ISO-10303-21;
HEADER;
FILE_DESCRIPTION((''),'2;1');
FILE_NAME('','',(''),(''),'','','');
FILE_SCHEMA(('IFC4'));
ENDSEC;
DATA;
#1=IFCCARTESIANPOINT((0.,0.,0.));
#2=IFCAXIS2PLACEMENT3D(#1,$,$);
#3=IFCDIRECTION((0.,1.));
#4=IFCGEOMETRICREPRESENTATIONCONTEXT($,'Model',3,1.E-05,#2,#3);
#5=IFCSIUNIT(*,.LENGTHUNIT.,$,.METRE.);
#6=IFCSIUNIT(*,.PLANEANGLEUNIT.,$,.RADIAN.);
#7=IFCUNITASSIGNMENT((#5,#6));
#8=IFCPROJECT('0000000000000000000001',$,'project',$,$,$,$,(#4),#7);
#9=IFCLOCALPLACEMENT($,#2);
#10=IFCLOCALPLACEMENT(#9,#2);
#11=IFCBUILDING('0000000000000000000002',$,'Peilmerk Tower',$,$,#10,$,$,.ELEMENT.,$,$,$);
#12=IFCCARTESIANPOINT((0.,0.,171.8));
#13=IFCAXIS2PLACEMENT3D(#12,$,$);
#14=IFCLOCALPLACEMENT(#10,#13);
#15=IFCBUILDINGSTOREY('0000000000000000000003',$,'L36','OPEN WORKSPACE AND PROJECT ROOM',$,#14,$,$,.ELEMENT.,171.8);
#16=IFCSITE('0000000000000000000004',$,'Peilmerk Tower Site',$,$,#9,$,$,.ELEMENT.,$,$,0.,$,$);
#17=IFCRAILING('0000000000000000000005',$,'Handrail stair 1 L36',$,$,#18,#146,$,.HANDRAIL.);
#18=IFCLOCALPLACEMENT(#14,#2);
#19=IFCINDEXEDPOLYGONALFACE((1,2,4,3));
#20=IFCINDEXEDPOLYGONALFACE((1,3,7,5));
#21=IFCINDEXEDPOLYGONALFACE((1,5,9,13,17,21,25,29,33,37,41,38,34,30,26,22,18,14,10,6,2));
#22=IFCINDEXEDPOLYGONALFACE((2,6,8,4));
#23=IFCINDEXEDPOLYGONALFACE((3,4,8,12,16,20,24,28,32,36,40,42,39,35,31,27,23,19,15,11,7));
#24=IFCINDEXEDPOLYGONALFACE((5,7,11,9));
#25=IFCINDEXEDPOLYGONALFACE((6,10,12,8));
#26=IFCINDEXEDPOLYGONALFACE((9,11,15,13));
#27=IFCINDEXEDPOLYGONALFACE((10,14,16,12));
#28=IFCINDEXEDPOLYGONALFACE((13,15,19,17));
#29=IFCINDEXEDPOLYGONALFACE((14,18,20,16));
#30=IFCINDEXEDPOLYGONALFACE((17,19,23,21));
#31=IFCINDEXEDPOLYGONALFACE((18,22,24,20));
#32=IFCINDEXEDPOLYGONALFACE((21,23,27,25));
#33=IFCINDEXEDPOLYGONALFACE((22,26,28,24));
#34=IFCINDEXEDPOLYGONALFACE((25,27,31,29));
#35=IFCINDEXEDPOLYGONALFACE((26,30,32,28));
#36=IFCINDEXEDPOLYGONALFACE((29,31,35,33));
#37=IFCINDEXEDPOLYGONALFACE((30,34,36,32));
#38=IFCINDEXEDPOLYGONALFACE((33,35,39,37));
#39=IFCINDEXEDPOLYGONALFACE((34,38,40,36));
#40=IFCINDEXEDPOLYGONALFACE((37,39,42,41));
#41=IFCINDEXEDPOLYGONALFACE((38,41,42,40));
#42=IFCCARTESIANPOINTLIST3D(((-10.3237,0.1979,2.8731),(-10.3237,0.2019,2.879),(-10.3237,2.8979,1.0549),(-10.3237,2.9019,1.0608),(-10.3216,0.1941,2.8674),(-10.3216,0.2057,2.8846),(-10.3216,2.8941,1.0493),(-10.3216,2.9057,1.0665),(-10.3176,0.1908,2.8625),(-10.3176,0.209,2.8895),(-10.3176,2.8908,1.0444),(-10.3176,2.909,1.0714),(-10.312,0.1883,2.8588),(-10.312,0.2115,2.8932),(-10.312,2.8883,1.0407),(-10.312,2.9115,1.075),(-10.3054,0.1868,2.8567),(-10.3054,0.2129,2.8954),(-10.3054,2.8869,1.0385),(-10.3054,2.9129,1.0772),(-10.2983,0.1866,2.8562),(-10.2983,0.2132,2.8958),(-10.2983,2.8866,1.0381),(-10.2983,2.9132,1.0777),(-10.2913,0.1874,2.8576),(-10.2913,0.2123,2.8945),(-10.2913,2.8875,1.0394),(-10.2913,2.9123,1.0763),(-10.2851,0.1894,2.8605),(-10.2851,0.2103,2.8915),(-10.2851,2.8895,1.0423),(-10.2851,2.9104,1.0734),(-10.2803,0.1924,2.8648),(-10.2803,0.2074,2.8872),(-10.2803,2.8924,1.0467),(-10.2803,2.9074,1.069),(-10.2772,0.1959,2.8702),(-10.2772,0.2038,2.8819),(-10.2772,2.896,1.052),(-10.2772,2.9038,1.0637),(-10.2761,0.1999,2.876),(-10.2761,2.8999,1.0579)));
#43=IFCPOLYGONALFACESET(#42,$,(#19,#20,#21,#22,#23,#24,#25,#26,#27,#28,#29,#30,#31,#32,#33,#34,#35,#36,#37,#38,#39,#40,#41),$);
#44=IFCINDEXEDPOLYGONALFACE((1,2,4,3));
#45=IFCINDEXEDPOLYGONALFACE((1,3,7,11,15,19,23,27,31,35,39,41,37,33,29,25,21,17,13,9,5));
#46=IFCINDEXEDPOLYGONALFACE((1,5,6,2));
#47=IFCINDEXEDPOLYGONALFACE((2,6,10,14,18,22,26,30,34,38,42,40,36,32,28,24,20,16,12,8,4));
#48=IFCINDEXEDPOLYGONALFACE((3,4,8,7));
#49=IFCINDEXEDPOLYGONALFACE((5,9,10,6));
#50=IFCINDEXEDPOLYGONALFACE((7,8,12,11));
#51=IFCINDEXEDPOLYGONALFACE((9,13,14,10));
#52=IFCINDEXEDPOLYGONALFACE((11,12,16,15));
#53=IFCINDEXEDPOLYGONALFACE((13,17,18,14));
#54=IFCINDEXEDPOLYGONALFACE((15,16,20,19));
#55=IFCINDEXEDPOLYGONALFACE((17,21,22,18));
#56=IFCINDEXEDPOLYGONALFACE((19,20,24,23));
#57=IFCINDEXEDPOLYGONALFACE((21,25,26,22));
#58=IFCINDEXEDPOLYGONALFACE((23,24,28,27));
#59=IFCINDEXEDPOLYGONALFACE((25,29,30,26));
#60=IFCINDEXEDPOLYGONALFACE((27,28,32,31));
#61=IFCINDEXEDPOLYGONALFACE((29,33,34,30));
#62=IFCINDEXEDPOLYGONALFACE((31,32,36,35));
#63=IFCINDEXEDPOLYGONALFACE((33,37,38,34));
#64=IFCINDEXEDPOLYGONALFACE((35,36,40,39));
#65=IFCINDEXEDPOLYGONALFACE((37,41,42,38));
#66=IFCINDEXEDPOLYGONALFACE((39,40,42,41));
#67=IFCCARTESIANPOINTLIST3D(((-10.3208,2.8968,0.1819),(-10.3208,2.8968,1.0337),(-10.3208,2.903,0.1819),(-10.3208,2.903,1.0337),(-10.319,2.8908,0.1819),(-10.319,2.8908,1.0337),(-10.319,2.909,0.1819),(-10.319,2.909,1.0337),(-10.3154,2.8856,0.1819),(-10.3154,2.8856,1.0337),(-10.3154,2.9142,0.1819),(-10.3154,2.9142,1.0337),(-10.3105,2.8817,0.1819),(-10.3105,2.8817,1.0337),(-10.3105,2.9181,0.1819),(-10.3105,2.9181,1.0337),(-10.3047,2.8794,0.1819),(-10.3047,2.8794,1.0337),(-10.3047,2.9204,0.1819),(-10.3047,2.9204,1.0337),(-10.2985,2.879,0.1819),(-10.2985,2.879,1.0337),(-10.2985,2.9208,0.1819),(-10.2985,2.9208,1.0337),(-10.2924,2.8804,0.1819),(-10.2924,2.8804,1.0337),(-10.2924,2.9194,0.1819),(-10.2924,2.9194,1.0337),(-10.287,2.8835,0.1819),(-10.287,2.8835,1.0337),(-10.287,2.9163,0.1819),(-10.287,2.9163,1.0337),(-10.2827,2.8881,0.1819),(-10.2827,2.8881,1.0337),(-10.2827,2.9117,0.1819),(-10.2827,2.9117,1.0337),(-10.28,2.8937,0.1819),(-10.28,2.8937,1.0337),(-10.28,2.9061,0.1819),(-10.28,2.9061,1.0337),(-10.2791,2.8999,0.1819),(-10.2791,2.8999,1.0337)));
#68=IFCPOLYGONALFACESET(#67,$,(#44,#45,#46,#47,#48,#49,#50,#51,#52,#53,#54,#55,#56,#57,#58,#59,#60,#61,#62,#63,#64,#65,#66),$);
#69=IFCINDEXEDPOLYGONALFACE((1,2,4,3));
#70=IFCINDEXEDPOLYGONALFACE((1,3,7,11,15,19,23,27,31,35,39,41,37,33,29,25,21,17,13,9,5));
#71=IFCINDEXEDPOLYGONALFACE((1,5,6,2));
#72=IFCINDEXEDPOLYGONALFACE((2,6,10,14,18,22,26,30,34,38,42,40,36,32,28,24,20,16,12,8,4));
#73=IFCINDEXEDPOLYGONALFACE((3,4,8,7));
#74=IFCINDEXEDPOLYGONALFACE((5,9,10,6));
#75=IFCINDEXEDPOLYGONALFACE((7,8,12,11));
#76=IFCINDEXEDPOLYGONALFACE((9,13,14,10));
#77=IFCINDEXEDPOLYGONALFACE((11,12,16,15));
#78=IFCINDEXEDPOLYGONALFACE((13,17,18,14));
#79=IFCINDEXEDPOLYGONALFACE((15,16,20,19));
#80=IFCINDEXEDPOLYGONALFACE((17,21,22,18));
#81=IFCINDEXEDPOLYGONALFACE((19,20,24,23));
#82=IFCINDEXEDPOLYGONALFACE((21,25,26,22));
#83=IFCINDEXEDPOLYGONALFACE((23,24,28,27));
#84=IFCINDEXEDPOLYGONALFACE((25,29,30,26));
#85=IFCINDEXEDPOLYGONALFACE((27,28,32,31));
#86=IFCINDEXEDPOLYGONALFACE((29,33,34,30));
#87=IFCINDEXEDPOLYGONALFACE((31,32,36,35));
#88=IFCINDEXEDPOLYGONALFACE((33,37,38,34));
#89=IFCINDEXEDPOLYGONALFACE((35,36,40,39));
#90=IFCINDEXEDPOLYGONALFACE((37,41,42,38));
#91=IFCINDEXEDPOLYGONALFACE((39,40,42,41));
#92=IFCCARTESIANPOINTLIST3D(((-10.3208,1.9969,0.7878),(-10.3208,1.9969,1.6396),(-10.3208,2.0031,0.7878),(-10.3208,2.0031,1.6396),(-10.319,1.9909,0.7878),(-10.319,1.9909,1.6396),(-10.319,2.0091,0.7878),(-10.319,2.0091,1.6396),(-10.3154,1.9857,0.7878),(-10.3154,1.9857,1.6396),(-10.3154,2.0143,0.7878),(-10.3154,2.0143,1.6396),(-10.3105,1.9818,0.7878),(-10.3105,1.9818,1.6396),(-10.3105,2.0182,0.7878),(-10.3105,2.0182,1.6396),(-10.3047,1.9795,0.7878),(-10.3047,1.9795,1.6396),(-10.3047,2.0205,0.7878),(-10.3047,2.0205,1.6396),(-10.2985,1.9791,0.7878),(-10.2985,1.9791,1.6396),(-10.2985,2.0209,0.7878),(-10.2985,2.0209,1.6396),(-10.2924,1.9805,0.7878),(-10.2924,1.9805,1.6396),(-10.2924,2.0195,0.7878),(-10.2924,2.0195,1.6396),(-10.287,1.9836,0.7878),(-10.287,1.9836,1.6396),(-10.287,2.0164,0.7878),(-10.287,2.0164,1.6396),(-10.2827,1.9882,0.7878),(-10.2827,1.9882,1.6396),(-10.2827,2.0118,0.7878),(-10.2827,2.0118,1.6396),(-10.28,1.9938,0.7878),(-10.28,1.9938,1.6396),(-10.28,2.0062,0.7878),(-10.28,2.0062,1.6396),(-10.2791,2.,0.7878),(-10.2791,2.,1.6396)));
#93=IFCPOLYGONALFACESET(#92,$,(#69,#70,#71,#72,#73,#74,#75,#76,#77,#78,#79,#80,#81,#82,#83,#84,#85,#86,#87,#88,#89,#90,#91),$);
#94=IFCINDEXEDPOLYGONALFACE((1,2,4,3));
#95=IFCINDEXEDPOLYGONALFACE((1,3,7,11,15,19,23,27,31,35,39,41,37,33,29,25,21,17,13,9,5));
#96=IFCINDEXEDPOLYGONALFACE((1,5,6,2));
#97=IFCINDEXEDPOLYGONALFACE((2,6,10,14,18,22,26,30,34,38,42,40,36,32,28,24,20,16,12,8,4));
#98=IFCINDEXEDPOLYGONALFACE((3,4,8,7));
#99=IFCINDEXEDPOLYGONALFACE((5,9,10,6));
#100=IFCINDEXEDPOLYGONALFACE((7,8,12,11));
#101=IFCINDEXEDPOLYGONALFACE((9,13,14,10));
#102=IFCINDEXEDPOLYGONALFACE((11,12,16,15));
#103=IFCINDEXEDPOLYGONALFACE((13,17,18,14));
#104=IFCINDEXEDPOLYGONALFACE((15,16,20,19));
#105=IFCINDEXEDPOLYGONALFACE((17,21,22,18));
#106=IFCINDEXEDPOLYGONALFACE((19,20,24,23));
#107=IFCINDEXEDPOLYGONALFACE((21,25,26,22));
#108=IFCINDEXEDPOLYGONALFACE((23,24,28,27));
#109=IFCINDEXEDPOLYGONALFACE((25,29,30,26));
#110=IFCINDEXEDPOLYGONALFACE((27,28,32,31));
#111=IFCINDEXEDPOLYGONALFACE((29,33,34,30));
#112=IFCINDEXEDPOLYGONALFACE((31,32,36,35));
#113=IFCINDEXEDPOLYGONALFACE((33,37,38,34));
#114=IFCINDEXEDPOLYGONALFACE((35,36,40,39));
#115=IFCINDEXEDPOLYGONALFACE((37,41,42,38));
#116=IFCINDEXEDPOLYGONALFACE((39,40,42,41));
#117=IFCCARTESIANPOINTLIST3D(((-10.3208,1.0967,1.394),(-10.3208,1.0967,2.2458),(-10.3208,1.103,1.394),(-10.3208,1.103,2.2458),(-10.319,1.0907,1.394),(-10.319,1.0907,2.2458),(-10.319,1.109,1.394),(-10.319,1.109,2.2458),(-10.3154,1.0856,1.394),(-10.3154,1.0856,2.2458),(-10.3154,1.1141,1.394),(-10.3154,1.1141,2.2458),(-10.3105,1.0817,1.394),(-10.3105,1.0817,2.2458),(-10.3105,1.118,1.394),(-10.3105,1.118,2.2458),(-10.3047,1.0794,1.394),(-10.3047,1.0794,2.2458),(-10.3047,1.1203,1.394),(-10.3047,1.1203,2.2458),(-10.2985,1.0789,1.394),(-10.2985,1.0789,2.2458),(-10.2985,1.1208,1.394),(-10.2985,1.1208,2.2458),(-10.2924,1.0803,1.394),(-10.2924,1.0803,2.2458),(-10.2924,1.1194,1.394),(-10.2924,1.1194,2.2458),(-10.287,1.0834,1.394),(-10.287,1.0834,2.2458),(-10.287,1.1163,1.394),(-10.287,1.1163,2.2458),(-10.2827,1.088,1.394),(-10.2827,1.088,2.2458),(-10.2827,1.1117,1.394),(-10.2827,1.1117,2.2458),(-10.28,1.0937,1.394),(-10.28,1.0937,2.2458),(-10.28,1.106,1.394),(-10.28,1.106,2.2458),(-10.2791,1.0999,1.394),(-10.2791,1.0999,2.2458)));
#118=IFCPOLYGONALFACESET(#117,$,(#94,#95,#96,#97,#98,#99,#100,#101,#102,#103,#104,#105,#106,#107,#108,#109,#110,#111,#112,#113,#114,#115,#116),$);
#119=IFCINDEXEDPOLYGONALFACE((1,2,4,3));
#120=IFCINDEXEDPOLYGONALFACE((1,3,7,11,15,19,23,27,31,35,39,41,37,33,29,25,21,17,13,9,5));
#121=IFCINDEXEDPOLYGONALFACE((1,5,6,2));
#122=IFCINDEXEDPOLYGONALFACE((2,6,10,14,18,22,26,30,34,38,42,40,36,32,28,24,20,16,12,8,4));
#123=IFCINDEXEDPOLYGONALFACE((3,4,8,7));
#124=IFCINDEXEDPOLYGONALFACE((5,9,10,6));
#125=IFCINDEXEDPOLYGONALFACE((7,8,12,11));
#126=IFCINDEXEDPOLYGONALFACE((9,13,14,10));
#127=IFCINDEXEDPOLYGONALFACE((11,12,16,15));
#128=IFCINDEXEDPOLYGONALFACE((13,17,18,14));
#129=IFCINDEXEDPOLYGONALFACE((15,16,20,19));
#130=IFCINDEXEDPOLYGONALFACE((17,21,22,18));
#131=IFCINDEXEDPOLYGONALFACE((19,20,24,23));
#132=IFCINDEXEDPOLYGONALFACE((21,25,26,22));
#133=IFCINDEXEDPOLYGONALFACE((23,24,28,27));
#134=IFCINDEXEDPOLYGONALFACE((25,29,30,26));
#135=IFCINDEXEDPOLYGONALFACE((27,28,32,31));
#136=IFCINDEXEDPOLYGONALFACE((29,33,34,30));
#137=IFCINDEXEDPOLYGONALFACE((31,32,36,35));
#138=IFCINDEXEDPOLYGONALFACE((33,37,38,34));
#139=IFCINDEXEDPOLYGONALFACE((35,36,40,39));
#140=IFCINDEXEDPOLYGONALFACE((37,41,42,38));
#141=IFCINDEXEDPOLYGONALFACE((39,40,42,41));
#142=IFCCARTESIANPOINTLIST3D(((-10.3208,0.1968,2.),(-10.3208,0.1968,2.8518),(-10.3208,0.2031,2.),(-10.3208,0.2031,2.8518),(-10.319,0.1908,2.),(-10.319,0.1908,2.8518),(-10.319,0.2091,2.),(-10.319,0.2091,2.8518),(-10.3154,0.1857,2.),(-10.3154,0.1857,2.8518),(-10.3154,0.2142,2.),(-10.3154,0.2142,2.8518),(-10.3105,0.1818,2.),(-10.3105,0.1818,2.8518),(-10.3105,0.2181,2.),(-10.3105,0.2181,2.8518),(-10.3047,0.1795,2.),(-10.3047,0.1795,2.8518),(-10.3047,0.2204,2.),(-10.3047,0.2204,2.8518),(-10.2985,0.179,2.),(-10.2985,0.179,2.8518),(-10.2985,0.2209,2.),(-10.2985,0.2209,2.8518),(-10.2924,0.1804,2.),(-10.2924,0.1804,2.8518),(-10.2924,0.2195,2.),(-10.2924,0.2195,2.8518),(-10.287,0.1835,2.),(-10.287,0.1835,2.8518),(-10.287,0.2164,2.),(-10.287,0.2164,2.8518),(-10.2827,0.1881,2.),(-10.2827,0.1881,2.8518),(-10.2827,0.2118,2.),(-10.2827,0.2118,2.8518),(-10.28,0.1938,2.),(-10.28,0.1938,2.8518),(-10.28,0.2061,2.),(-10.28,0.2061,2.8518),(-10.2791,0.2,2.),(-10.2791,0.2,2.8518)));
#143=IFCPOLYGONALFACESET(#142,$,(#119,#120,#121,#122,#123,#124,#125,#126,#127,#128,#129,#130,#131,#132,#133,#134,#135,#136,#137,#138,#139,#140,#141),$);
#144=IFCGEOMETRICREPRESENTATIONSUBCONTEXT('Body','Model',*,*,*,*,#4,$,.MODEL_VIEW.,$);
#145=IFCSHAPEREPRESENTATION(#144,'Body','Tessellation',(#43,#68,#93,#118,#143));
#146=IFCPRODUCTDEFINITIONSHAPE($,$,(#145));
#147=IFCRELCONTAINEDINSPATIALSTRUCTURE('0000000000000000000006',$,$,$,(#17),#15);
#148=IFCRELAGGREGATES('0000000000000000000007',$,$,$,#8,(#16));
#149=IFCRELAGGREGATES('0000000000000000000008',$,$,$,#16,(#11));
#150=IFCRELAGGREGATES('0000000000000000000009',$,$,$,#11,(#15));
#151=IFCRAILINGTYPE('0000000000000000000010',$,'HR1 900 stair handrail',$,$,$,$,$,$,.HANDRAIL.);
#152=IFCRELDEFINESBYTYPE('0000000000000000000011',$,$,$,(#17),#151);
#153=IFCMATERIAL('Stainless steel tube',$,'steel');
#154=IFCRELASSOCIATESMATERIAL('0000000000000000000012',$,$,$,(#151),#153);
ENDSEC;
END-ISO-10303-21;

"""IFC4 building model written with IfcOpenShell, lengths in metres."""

from ifc_helpers import new_model, si_unit, direction, frame, origin, origin_2d, place, context, subcontext, project, spatial, circle, extrude, material, type_object, element, save


model = new_model("IFC4")

# Units and contexts
model_context = context("Model", 3, precision=1e-05, world=origin(), true_north=direction((0.0, 1.0)))
body_context = subcontext(model_context, "Body", "Model", "MODEL_VIEW")
ifc_project = project(units=[si_unit("LENGTHUNIT", "METRE"), si_unit("PLANEANGLEUNIT", "RADIAN")], contexts=[model_context])

# Site, building, storey
site_placement = place(None, origin())
site = spatial("IfcSite", under=ifc_project, at=site_placement, Name="Peilmerk Tower Site", CompositionType="ELEMENT", RefElevation=0.0)
building_placement = place(site_placement, origin())
building = spatial("IfcBuilding", under=site, at=building_placement, Name="Peilmerk Tower", CompositionType="ELEMENT")
storey_placement = place(building_placement, frame((0.0, 0.0, 171.8)))
storey = spatial("IfcBuildingStorey", under=building, at=storey_placement, Name="L36", Description="OPEN WORKSPACE AND PROJECT ROOM", CompositionType="ELEMENT", Elevation=171.8)

# Railing
ifc_material_1 = material(Name="Stainless steel tube", Category="steel")
railing_type_1 = type_object("IfcRailingType", Name="HR1 900 stair handrail", PredefinedType="HANDRAIL", material=ifc_material_1)
railing_1_placement = place(storey_placement, frame((-10.3, 2.8999, 0.1819)))
element("IfcRailing", 1, at=railing_1_placement, inside=storey, type_object=railing_type_1, Name="Handrail stair 1 L36", PredefinedType="HANDRAIL", context=body_context, shape_type="SweptSolid", body=[
    extrude(circle(Radius=0.0239, at=origin_2d()), frame((0.0, 0.0, 0.876), z_axis=(0.0, -0.829468, 0.558554), x_axis=(1.0, 0.0, 0.0)), (0.0, 0.0, 1.0), 3.2551),
    extrude(circle(Radius=0.021, at=origin_2d()), origin(), (0.0, 0.0, 1.0), 0.8518),
    extrude(circle(Radius=0.021, at=origin_2d()), frame((0.0, -0.8999, 0.606)), (0.0, 0.0, 1.0), 0.8518),
    extrude(circle(Radius=0.021, at=origin_2d()), frame((0.0, -1.8, 1.2122)), (0.0, 0.0, 1.0), 0.8518),
    extrude(circle(Radius=0.021, at=origin_2d()), frame((0.0, -2.7, 1.8181)), (0.0, 0.0, 1.0), 0.8518),
])

save(model, "model.ifc")
